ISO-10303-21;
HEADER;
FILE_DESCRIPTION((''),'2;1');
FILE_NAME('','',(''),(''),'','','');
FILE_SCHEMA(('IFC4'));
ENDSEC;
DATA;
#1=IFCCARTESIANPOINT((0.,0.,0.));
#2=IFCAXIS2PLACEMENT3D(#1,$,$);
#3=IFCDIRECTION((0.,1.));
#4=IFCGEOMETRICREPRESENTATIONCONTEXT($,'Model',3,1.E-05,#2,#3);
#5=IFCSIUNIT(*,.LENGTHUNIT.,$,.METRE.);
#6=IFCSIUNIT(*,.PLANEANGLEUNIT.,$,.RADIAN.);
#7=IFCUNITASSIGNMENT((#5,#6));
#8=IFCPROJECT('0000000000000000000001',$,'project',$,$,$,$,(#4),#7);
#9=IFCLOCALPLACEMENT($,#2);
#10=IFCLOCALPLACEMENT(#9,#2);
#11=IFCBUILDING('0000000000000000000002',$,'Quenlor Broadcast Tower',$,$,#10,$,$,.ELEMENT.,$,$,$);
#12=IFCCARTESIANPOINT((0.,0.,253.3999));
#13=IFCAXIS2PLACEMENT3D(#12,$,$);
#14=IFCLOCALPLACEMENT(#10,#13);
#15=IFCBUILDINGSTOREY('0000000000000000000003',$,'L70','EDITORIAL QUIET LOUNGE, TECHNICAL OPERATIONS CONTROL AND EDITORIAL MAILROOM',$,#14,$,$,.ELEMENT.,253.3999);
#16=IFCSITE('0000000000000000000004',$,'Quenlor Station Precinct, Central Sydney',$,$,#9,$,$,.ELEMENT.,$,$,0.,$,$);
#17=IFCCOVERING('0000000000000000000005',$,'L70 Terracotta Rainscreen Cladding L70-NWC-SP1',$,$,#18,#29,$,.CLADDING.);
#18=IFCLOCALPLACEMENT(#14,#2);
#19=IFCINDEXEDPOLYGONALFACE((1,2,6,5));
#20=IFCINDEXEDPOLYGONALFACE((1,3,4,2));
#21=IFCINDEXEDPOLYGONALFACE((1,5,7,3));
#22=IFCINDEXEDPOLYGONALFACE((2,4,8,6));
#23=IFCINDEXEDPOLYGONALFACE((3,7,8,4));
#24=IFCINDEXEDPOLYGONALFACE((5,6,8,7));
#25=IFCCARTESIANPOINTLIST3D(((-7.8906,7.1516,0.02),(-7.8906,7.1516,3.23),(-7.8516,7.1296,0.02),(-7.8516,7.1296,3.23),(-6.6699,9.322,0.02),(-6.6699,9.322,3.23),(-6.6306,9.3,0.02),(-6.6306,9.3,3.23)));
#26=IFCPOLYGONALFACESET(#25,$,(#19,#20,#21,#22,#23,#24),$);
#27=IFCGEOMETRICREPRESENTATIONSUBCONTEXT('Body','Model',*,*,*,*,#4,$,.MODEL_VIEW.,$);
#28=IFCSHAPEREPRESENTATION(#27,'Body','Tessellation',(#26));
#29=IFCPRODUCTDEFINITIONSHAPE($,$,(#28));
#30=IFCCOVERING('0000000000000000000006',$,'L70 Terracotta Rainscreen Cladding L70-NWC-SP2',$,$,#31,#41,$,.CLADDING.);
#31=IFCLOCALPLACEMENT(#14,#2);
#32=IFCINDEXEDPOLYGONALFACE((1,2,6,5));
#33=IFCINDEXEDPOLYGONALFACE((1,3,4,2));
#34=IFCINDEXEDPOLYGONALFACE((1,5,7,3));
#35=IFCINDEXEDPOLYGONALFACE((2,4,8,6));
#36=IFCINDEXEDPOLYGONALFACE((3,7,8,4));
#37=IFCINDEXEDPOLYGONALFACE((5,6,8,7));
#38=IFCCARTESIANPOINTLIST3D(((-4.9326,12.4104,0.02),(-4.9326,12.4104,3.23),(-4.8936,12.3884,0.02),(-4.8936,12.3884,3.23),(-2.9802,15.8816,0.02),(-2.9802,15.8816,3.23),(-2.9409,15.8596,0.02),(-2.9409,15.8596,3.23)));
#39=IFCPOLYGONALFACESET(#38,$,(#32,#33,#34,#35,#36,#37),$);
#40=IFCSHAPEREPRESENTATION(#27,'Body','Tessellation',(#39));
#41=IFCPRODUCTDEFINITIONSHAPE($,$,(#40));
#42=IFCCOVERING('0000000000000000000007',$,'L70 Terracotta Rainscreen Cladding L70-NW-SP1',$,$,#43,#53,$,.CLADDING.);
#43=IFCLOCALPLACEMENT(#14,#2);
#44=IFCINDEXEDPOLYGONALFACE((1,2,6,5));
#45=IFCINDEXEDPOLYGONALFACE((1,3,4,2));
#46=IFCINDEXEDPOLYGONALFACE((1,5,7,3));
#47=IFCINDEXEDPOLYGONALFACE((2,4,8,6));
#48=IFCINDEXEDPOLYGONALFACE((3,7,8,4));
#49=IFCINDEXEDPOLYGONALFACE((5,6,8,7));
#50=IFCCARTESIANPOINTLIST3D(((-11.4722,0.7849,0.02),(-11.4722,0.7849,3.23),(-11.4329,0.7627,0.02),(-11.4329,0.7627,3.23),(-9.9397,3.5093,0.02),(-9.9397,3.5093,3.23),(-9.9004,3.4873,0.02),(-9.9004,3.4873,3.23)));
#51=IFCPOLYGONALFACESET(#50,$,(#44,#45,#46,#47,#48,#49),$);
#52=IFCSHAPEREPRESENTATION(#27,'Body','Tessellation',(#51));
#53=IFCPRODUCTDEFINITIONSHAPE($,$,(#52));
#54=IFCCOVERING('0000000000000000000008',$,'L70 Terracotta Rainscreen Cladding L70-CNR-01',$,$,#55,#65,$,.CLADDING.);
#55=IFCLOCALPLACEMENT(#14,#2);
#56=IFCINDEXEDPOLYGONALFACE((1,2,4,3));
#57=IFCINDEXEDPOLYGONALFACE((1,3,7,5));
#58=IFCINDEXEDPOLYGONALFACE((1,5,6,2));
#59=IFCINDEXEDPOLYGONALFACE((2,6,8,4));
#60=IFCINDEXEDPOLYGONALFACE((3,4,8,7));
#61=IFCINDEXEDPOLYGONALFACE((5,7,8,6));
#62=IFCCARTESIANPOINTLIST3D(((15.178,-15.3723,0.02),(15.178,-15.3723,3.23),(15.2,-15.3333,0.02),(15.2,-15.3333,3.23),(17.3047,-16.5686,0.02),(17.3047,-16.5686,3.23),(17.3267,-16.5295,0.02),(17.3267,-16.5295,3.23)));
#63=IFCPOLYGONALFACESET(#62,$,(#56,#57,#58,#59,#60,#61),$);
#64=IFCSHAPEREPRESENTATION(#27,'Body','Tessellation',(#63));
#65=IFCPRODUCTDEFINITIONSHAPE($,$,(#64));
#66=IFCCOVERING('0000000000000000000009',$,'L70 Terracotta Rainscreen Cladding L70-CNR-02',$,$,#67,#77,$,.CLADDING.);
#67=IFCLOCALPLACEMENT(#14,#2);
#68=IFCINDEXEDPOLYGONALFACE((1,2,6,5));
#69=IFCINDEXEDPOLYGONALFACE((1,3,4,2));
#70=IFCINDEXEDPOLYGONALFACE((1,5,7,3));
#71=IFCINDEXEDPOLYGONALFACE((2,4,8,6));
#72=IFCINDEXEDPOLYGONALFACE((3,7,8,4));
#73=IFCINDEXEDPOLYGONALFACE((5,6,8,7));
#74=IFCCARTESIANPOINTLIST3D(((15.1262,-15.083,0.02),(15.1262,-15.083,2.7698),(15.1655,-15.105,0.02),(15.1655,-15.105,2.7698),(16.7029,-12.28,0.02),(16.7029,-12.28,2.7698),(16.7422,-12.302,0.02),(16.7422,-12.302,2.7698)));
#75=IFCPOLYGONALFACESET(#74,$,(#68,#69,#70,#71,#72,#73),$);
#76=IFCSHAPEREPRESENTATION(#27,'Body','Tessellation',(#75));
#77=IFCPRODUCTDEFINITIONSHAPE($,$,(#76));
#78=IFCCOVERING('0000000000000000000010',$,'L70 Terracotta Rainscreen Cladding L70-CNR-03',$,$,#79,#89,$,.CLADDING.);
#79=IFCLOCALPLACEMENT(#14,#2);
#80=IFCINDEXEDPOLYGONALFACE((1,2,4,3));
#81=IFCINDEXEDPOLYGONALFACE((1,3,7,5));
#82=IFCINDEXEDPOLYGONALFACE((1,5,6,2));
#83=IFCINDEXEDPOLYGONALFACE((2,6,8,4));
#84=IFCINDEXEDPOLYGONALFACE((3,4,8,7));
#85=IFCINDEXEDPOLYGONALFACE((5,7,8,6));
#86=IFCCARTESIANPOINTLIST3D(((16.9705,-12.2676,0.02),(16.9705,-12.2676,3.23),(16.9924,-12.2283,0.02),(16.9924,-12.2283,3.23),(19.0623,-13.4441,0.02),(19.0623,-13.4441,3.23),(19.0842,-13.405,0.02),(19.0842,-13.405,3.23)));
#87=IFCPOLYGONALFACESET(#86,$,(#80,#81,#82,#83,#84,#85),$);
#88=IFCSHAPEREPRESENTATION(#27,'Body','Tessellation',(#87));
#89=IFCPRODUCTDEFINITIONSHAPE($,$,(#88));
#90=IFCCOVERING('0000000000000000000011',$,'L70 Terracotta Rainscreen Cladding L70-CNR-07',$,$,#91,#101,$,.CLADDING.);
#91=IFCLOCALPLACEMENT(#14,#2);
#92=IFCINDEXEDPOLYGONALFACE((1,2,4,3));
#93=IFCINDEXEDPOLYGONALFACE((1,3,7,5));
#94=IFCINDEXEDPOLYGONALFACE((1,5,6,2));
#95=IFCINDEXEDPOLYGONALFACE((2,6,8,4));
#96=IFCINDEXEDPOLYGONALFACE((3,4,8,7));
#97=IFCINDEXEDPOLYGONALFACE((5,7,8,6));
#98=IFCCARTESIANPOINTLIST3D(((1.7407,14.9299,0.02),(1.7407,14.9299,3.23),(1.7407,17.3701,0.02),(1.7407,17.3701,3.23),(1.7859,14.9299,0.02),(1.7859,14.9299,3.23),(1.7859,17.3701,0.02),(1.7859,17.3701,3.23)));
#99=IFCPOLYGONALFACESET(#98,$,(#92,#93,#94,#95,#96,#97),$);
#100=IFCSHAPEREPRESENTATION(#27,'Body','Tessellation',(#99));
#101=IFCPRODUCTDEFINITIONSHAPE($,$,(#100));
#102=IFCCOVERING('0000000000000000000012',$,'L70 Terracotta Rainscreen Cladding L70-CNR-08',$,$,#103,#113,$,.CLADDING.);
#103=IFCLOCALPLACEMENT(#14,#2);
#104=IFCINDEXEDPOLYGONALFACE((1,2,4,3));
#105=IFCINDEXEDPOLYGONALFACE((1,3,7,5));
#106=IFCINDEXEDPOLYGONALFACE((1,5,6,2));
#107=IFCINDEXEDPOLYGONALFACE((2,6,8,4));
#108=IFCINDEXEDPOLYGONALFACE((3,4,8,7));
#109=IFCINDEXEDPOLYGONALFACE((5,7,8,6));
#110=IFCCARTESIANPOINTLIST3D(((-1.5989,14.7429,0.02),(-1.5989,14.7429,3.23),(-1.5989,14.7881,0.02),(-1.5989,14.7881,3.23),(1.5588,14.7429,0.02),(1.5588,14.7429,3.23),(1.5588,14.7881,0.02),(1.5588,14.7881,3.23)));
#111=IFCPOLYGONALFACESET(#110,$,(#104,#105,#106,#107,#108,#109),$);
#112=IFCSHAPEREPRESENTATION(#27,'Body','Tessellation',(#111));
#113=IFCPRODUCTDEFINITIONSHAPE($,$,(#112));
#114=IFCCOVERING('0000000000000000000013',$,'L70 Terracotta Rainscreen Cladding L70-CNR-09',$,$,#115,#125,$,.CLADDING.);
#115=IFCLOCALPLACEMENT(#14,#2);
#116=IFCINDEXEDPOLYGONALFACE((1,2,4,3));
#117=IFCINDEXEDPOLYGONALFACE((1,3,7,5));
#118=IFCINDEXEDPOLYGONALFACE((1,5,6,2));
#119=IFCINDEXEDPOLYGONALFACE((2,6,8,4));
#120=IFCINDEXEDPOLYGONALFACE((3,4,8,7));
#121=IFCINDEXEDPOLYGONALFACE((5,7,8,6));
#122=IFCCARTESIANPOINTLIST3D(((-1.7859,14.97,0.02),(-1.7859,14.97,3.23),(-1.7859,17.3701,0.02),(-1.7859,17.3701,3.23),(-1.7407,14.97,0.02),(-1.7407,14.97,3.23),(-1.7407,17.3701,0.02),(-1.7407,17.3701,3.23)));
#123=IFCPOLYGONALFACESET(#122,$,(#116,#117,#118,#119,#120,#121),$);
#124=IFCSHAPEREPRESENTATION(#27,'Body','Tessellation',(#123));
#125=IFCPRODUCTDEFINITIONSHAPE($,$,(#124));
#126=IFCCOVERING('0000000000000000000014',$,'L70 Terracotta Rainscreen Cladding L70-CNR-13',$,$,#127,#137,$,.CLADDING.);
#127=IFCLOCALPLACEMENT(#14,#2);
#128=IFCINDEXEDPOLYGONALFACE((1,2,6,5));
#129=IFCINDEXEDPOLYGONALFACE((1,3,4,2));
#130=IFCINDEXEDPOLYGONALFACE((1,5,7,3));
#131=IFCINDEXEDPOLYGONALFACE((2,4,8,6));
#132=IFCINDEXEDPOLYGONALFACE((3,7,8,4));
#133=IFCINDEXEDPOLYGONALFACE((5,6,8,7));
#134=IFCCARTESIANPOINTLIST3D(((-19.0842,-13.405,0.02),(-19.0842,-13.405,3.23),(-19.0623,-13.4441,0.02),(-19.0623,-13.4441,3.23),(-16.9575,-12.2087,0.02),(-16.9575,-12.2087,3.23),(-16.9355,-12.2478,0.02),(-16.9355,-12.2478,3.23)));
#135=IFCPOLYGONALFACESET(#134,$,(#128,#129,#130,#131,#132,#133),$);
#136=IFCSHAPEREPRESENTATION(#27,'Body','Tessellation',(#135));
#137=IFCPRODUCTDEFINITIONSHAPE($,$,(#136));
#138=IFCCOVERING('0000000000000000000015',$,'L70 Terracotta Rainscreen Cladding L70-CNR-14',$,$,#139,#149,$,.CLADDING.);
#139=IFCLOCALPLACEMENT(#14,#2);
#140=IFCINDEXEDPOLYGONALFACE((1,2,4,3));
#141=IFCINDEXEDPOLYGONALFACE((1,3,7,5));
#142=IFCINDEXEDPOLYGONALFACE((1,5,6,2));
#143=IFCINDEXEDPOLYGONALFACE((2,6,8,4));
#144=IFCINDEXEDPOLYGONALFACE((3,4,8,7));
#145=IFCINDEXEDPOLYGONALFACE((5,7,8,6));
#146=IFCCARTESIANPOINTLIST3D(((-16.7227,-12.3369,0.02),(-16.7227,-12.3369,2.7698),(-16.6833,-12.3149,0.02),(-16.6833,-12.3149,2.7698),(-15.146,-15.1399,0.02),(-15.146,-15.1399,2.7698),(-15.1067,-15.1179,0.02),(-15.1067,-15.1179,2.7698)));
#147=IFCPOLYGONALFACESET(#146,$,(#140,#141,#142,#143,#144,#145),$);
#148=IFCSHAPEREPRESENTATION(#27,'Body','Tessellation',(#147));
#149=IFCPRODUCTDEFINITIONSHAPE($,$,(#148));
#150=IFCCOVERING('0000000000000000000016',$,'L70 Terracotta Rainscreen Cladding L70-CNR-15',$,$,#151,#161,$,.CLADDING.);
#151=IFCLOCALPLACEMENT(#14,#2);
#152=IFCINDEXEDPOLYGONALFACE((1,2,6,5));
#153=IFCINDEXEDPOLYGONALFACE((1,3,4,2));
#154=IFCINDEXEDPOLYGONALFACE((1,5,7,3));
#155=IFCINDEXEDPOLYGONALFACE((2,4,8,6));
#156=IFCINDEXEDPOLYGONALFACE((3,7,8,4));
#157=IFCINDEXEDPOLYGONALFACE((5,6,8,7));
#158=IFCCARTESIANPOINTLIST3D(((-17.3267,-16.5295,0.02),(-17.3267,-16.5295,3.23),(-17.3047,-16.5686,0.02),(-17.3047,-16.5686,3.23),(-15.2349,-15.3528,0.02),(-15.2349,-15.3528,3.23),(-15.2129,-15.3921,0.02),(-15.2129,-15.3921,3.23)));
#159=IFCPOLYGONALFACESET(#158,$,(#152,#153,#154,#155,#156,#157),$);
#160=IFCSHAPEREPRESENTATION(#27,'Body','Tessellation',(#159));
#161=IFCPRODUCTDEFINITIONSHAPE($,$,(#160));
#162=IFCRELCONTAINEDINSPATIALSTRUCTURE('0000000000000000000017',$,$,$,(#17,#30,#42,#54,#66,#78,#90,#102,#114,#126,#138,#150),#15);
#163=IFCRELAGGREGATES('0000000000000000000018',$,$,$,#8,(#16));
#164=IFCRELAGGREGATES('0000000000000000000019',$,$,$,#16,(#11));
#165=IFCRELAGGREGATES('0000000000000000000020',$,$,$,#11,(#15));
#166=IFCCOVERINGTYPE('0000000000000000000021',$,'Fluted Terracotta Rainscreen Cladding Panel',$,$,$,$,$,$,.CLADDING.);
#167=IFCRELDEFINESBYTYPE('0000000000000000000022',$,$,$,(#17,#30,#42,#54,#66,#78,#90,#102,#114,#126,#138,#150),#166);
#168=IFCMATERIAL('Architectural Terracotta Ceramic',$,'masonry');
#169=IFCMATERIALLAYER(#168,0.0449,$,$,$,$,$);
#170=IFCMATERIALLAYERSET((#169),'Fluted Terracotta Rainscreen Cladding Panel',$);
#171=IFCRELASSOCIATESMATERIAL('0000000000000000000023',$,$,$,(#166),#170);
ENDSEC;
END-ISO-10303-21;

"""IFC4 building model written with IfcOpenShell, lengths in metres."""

from ifc_helpers import new_model, si_unit, direction, frame, origin, place, context, subcontext, project, spatial, polyline, outline, extrude, material, layer, layer_set, type_object, element, save


model = new_model("IFC4")

# Units and contexts
model_context = context("Model", 3, precision=1e-05, world=origin(), true_north=direction((0.0, 1.0)))
body_context = subcontext(model_context, "Body", "Model", "MODEL_VIEW")
ifc_project = project(units=[si_unit("LENGTHUNIT", "METRE"), si_unit("PLANEANGLEUNIT", "RADIAN")], contexts=[model_context])

# Site, building, storey
site_placement = place(None, origin())
site = spatial("IfcSite", under=ifc_project, at=site_placement, Name="Quenlor Station Precinct, Central Sydney", CompositionType="ELEMENT", RefElevation=0.0)
building_placement = place(site_placement, origin())
building = spatial("IfcBuilding", under=site, at=building_placement, Name="Quenlor Broadcast Tower", CompositionType="ELEMENT")
storey_placement = place(building_placement, frame((0.0, 0.0, 253.3999)))
storey = spatial("IfcBuildingStorey", under=building, at=storey_placement, Name="L70", Description="EDITORIAL QUIET LOUNGE, TECHNICAL OPERATIONS CONTROL AND EDITORIAL MAILROOM", CompositionType="ELEMENT", Elevation=253.3999)

# Coverings
ifc_material_1 = material(Name="Architectural Terracotta Ceramic", Category="masonry")
ifc_layer_1 = layer(ifc_material_1, 0.0449)
ifc_layer_set_1 = layer_set([ifc_layer_1], Name="Fluted Terracotta Rainscreen Cladding Panel")
covering_type_1 = type_object("IfcCoveringType", Name="Fluted Terracotta Rainscreen Cladding Panel", PredefinedType="CLADDING", material=ifc_layer_set_1)
covering_1_placement = place(storey_placement, frame((0.0, 0.0, 0.02)))
element("IfcCovering", 1, at=covering_1_placement, inside=storey, type_object=covering_type_1, Name="L70 Terracotta Rainscreen Cladding L70-NWC-SP1", PredefinedType="CLADDING", context=body_context, shape_type="SweptSolid", body=[
    extrude(outline(polyline([(-7.8516, 7.1296), (-6.6306, 9.3), (-6.6699, 9.322), (-7.8906, 7.1516), (-7.8516, 7.1296)])), origin(), (0.0, 0.0, 1.0), 3.21),
])
covering_2_placement = place(storey_placement, frame((0.0, 0.0, 0.02)))
element("IfcCovering", 2, at=covering_2_placement, inside=storey, type_object=covering_type_1, Name="L70 Terracotta Rainscreen Cladding L70-NWC-SP2", PredefinedType="CLADDING", context=body_context, shape_type="SweptSolid", body=[
    extrude(outline(polyline([(-4.8936, 12.3884), (-2.9409, 15.8596), (-2.9802, 15.8816), (-4.9326, 12.4104), (-4.8936, 12.3884)])), origin(), (0.0, 0.0, 1.0), 3.21),
])
covering_3_placement = place(storey_placement, frame((0.0, 0.0, 0.02)))
element("IfcCovering", 3, at=covering_3_placement, inside=storey, type_object=covering_type_1, Name="L70 Terracotta Rainscreen Cladding L70-NW-SP1", PredefinedType="CLADDING", context=body_context, shape_type="SweptSolid", body=[
    extrude(outline(polyline([(-11.4329, 0.7627), (-9.9004, 3.4873), (-9.9397, 3.5093), (-11.4722, 0.7849), (-11.4329, 0.7627)])), origin(), (0.0, 0.0, 1.0), 3.21),
])
covering_4_placement = place(storey_placement, frame((0.0, 0.0, 0.02)))
element("IfcCovering", 4, at=covering_4_placement, inside=storey, type_object=covering_type_1, Name="L70 Terracotta Rainscreen Cladding L70-CNR-01", PredefinedType="CLADDING", context=body_context, shape_type="SweptSolid", body=[
    extrude(outline(polyline([(17.3267, -16.5295), (15.2, -15.3333), (15.178, -15.3723), (17.3047, -16.5686), (17.3267, -16.5295)])), origin(), (0.0, 0.0, 1.0), 3.21),
])
covering_5_placement = place(storey_placement, frame((0.0, 0.0, 0.02)))
element("IfcCovering", 5, at=covering_5_placement, inside=storey, type_object=covering_type_1, Name="L70 Terracotta Rainscreen Cladding L70-CNR-02", PredefinedType="CLADDING", context=body_context, shape_type="SweptSolid", body=[
    extrude(outline(polyline([(15.1655, -15.105), (16.7422, -12.302), (16.7029, -12.28), (15.1262, -15.083), (15.1655, -15.105)])), origin(), (0.0, 0.0, 1.0), 2.7498),
])
covering_6_placement = place(storey_placement, frame((0.0, 0.0, 0.02)))
element("IfcCovering", 6, at=covering_6_placement, inside=storey, type_object=covering_type_1, Name="L70 Terracotta Rainscreen Cladding L70-CNR-03", PredefinedType="CLADDING", context=body_context, shape_type="SweptSolid", body=[
    extrude(outline(polyline([(16.9705, -12.2676), (19.0623, -13.4441), (19.0842, -13.405), (16.9924, -12.2283), (16.9705, -12.2676)])), origin(), (0.0, 0.0, 1.0), 3.21),
])
covering_7_placement = place(storey_placement, frame((0.0, 0.0, 0.02)))
element("IfcCovering", 7, at=covering_7_placement, inside=storey, type_object=covering_type_1, Name="L70 Terracotta Rainscreen Cladding L70-CNR-07", PredefinedType="CLADDING", context=body_context, shape_type="SweptSolid", body=[
    extrude(outline(polyline([(1.7407, 17.3701), (1.7407, 14.9299), (1.7859, 14.9299), (1.7859, 17.3701), (1.7407, 17.3701)])), origin(), (0.0, 0.0, 1.0), 3.21),
])
covering_8_placement = place(storey_placement, frame((0.0, 0.0, 0.02)))
element("IfcCovering", 8, at=covering_8_placement, inside=storey, type_object=covering_type_1, Name="L70 Terracotta Rainscreen Cladding L70-CNR-08", PredefinedType="CLADDING", context=body_context, shape_type="SweptSolid", body=[
    extrude(outline(polyline([(1.5588, 14.7881), (-1.5989, 14.7881), (-1.5989, 14.7429), (1.5588, 14.7429), (1.5588, 14.7881)])), origin(), (0.0, 0.0, 1.0), 3.21),
])
covering_9_placement = place(storey_placement, frame((0.0, 0.0, 0.02)))
element("IfcCovering", 9, at=covering_9_placement, inside=storey, type_object=covering_type_1, Name="L70 Terracotta Rainscreen Cladding L70-CNR-09", PredefinedType="CLADDING", context=body_context, shape_type="SweptSolid", body=[
    extrude(outline(polyline([(-1.7407, 14.97), (-1.7407, 17.3701), (-1.7859, 17.3701), (-1.7859, 14.97), (-1.7407, 14.97)])), origin(), (0.0, 0.0, 1.0), 3.21),
])
covering_10_placement = place(storey_placement, frame((0.0, 0.0, 0.02)))
element("IfcCovering", 10, at=covering_10_placement, inside=storey, type_object=covering_type_1, Name="L70 Terracotta Rainscreen Cladding L70-CNR-13", PredefinedType="CLADDING", context=body_context, shape_type="SweptSolid", body=[
    extrude(outline(polyline([(-19.0623, -13.4441), (-16.9355, -12.2478), (-16.9575, -12.2087), (-19.0842, -13.405), (-19.0623, -13.4441)])), origin(), (0.0, 0.0, 1.0), 3.21),
])
covering_11_placement = place(storey_placement, frame((0.0, 0.0, 0.02)))
element("IfcCovering", 11, at=covering_11_placement, inside=storey, type_object=covering_type_1, Name="L70 Terracotta Rainscreen Cladding L70-CNR-14", PredefinedType="CLADDING", context=body_context, shape_type="SweptSolid", body=[
    extrude(outline(polyline([(-16.7227, -12.3369), (-15.146, -15.1399), (-15.1067, -15.1179), (-16.6833, -12.3149), (-16.7227, -12.3369)])), origin(), (0.0, 0.0, 1.0), 2.7498),
])
covering_12_placement = place(storey_placement, frame((0.0, 0.0, 0.02)))
element("IfcCovering", 12, at=covering_12_placement, inside=storey, type_object=covering_type_1, Name="L70 Terracotta Rainscreen Cladding L70-CNR-15", PredefinedType="CLADDING", context=body_context, shape_type="SweptSolid", body=[
    extrude(outline(polyline([(-15.2349, -15.3528), (-17.3267, -16.5295), (-17.3047, -16.5686), (-15.2129, -15.3921), (-15.2349, -15.3528)])), origin(), (0.0, 0.0, 1.0), 3.21),
])

save(model, "model.ifc")
